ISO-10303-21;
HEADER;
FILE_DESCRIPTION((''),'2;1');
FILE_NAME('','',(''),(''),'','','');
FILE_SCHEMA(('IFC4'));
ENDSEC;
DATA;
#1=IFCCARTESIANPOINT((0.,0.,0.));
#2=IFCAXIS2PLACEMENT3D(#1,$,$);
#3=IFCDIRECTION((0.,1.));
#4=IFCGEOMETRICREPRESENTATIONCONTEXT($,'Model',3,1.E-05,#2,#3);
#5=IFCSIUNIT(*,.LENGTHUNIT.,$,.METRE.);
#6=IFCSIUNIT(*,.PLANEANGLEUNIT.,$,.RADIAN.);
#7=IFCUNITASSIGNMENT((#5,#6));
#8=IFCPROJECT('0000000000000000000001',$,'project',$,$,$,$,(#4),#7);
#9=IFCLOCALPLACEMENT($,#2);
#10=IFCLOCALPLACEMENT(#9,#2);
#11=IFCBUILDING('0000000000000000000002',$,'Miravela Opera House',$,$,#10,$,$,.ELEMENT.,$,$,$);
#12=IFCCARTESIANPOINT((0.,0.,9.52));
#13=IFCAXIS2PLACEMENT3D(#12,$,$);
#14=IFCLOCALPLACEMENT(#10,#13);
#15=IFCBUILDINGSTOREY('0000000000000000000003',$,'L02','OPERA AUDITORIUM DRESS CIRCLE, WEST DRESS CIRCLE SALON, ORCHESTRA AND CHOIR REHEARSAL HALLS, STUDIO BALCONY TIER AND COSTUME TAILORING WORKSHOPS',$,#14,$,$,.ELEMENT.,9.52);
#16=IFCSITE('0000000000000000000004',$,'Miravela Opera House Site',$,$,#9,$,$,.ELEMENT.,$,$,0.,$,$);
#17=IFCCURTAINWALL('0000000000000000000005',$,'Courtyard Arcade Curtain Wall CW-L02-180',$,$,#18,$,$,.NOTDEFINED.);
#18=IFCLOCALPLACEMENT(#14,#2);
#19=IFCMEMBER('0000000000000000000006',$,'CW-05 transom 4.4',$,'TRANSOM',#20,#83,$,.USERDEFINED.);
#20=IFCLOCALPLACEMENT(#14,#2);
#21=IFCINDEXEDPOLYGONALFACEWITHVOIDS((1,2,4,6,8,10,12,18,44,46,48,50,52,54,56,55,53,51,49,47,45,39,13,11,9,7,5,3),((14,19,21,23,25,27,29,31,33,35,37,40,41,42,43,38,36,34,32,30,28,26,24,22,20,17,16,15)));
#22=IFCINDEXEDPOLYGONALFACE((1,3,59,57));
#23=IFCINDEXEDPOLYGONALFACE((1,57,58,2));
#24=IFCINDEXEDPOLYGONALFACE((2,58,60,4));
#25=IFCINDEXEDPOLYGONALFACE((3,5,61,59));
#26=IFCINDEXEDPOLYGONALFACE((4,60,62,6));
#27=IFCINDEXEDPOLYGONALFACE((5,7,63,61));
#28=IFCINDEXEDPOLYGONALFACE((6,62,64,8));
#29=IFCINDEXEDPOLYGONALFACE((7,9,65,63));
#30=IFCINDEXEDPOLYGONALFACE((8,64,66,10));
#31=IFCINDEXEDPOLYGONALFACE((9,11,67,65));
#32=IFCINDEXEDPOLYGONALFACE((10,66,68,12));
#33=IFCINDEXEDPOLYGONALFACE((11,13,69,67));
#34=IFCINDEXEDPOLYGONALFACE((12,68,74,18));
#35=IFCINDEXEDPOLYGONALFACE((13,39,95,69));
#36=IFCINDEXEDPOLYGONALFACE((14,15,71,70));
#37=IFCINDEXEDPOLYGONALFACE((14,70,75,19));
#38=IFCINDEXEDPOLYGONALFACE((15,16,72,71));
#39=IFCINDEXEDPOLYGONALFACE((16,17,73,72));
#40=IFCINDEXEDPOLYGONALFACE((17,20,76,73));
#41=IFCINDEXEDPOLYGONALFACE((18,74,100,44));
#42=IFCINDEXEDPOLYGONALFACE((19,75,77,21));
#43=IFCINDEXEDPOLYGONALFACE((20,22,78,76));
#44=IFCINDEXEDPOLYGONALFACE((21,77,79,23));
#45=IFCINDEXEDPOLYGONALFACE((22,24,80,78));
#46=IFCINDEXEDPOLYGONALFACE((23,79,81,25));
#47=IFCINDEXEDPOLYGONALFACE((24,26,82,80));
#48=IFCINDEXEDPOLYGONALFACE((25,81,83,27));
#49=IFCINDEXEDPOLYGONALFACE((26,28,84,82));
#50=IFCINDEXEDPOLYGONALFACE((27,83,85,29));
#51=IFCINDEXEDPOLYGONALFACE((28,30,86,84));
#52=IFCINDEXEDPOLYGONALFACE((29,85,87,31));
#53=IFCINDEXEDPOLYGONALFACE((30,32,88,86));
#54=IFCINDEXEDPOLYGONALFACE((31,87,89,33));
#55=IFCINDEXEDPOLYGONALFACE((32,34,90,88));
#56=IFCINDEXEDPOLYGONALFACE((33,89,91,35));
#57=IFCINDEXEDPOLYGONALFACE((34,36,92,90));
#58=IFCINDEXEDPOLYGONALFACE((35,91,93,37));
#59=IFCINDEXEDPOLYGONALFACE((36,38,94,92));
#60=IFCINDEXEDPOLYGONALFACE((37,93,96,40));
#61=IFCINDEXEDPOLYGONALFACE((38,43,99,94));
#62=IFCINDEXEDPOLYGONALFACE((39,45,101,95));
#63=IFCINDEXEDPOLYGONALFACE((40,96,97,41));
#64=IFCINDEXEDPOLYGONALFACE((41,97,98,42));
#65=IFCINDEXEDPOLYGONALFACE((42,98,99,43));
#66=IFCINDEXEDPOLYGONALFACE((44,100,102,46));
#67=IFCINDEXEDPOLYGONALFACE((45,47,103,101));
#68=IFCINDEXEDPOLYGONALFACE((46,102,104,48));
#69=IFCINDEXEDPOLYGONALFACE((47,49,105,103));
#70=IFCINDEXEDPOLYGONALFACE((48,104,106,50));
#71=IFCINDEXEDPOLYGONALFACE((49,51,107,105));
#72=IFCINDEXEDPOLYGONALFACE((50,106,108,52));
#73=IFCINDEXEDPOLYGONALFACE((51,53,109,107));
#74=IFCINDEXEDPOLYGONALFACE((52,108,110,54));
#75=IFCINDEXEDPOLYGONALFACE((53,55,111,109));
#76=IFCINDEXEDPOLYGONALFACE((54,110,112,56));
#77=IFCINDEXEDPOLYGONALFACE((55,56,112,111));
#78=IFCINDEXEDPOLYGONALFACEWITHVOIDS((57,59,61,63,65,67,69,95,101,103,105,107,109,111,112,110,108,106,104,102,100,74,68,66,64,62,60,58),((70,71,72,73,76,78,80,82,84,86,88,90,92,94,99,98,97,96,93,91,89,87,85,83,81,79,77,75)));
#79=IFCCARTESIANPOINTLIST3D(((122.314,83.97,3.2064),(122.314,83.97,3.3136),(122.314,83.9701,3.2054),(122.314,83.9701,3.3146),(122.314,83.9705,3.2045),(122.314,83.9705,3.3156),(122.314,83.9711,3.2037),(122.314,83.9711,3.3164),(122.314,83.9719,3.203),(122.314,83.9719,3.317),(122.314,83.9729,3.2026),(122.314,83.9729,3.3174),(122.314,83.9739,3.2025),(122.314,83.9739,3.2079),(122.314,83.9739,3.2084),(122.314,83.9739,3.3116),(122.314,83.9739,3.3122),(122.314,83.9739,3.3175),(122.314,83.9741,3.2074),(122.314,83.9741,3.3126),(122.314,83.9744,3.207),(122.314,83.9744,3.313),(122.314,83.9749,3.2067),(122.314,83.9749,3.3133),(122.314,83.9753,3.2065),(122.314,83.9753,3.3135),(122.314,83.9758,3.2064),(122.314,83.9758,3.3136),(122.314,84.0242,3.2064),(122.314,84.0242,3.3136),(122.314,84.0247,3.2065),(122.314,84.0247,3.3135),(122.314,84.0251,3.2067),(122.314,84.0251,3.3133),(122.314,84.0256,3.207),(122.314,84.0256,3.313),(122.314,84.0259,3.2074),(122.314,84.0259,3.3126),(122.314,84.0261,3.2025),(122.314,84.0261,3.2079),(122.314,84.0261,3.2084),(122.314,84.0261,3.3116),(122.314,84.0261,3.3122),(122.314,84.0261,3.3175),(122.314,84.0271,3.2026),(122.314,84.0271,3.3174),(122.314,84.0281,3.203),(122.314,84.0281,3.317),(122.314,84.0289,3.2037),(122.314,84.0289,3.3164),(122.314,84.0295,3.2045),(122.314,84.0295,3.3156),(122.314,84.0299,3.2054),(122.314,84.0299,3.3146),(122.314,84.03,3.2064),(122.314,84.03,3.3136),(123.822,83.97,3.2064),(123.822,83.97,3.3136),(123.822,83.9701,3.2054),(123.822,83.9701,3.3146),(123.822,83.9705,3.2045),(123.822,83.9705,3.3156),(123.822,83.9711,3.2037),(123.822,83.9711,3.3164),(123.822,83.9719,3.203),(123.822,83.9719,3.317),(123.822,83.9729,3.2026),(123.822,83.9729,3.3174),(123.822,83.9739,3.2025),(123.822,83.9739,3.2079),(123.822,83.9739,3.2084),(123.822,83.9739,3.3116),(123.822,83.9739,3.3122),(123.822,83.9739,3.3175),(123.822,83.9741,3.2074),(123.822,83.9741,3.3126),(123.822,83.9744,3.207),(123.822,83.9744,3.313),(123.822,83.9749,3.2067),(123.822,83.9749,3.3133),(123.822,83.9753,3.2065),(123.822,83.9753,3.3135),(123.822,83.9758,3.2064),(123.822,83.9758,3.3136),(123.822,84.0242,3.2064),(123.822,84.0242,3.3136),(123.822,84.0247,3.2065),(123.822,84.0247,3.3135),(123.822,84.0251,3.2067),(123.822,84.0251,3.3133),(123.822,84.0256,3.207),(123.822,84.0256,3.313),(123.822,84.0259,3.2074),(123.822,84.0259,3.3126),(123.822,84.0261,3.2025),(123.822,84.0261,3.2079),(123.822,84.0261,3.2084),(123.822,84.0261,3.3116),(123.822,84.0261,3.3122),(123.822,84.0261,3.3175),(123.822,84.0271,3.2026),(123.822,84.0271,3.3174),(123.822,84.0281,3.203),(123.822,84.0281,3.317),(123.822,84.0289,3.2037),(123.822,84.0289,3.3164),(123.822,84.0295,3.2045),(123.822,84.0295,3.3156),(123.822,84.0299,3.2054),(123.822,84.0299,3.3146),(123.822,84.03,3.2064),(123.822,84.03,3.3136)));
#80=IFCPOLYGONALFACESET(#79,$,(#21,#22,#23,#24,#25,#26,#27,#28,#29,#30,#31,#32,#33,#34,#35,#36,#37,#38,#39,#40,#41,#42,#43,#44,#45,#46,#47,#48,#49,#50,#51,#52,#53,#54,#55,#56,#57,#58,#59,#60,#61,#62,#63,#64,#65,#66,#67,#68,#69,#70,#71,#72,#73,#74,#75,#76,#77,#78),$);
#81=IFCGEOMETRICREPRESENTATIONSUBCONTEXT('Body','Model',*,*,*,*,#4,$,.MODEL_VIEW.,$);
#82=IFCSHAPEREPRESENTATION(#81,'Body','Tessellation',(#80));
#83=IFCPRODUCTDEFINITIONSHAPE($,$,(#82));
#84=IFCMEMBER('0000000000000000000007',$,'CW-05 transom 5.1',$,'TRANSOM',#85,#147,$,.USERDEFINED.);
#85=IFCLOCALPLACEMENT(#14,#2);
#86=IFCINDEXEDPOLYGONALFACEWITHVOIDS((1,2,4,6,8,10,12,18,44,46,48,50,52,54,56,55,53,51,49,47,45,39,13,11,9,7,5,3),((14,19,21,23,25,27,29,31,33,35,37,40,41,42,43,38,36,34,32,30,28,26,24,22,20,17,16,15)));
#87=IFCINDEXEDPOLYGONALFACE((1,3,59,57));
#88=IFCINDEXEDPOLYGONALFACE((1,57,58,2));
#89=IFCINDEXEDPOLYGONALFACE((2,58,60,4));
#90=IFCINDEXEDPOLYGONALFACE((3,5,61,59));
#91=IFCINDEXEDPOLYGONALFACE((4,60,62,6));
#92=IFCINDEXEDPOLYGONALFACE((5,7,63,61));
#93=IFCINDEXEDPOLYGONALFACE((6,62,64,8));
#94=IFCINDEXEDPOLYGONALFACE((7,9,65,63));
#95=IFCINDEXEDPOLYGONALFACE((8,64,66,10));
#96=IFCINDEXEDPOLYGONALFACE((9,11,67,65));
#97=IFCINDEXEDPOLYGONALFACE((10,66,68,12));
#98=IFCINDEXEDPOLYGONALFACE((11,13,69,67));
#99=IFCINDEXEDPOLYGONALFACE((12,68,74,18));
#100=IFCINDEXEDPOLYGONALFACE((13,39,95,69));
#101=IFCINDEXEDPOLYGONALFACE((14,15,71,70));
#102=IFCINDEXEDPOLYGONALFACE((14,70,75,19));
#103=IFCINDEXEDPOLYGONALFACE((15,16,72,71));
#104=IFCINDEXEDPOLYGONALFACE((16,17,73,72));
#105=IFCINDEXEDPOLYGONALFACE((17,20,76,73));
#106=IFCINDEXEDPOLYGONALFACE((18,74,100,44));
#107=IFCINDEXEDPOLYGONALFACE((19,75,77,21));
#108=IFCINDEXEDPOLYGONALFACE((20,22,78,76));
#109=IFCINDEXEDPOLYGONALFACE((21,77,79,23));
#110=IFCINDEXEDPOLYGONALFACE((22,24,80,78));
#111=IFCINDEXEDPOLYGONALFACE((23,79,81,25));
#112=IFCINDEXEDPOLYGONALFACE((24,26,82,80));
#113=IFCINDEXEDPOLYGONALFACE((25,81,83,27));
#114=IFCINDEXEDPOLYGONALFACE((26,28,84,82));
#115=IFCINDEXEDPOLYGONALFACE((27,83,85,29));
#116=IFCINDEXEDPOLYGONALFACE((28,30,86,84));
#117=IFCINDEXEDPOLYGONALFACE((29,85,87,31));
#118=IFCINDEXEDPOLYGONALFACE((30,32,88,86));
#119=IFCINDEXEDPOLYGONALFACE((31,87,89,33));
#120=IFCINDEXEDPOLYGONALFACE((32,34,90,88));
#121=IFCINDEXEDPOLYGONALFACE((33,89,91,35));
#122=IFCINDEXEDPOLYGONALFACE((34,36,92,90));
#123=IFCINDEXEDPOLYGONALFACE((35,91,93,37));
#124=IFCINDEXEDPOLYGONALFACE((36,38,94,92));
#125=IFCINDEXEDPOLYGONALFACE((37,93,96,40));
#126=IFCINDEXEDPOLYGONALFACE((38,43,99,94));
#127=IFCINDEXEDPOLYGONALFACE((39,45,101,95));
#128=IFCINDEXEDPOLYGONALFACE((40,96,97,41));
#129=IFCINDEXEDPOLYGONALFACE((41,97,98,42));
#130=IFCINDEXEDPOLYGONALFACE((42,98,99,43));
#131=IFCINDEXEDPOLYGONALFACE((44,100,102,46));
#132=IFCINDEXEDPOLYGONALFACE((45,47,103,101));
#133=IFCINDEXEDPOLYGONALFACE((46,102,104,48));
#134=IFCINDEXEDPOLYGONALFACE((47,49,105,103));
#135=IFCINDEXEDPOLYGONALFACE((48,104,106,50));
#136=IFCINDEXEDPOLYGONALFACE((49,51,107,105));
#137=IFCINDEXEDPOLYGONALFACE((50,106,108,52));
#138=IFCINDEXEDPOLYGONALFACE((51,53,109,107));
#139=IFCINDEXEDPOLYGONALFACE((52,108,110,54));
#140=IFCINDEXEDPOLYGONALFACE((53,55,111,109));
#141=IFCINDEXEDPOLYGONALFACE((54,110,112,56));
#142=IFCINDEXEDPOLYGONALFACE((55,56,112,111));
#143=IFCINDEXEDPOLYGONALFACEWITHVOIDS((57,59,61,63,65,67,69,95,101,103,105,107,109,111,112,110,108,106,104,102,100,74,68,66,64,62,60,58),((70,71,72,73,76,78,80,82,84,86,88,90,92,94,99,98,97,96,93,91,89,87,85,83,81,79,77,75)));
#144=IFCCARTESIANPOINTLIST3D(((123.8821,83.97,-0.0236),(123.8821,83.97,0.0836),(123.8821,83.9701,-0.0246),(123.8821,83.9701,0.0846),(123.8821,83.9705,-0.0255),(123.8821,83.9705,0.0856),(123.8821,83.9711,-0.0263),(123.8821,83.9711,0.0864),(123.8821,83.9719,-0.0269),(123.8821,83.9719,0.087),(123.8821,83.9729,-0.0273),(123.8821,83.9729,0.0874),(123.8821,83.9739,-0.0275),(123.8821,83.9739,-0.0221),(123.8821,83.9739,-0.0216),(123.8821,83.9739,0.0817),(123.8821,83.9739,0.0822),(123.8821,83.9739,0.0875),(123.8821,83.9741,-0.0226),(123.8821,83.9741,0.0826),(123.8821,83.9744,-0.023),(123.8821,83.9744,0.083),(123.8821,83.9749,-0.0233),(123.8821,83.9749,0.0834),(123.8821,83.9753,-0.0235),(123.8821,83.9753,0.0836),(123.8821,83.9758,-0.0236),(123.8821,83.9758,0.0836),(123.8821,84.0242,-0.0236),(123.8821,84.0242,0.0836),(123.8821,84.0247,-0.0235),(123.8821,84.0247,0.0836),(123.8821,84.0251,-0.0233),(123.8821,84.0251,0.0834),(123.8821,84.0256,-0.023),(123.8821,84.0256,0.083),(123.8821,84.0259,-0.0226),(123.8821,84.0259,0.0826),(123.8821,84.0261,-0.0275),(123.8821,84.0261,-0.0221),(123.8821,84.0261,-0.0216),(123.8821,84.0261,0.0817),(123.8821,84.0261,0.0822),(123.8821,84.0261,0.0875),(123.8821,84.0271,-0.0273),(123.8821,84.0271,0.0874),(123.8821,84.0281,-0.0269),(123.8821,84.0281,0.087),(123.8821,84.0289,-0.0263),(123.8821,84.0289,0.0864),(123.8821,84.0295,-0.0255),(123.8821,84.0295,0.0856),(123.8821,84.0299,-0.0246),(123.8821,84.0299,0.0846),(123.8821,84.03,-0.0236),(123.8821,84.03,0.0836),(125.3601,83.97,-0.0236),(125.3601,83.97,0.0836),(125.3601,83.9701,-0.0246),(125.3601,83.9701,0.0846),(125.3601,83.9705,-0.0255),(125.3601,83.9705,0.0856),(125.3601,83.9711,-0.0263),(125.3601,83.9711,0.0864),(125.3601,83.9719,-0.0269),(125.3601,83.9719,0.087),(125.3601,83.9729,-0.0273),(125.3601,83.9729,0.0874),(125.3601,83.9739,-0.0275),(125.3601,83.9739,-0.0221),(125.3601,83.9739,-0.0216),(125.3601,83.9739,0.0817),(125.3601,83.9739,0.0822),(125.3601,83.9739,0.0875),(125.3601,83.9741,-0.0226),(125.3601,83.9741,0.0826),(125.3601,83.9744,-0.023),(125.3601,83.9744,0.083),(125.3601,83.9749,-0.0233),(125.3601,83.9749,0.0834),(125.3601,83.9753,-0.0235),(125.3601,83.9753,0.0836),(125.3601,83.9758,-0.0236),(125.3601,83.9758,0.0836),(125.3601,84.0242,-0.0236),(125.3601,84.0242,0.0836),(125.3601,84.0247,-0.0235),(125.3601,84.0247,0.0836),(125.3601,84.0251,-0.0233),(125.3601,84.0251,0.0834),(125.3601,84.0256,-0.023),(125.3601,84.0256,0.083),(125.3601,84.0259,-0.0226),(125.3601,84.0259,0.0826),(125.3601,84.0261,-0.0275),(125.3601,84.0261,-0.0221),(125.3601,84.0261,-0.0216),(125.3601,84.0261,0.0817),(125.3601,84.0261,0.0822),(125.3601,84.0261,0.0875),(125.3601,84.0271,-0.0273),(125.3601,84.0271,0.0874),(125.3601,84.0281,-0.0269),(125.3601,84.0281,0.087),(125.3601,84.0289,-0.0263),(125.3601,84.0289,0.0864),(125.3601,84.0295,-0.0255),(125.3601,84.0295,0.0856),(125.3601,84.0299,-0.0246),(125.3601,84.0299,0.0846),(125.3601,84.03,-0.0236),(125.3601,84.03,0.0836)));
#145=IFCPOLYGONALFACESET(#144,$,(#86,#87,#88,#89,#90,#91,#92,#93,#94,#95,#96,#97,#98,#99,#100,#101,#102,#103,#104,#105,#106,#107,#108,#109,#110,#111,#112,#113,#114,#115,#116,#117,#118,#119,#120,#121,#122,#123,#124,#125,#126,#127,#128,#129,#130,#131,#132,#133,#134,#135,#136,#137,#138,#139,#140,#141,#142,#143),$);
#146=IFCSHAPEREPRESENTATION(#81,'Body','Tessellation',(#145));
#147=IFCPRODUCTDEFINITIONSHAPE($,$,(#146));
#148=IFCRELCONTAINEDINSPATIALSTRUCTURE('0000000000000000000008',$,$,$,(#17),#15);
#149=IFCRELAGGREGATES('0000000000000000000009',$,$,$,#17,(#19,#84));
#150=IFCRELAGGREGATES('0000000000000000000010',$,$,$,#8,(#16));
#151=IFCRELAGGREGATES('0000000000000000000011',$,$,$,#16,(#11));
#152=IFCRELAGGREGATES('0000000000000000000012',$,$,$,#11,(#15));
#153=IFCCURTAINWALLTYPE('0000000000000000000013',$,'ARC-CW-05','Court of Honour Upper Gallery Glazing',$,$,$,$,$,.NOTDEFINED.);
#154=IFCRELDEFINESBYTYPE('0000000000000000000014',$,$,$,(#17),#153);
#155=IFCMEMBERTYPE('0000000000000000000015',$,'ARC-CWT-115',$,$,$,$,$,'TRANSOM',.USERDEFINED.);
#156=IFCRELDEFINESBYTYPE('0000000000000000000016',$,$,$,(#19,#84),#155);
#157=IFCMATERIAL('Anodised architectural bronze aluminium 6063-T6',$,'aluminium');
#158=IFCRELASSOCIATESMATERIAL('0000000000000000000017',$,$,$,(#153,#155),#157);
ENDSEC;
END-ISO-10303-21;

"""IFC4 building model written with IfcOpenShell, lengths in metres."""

from ifc_helpers import new_model, si_unit, direction, frame, origin, origin_2d, place, context, subcontext, project, spatial, hollow_rectangle, extrude, material, material_profile, profile_set, type_object, element, aggregate, save


model = new_model("IFC4")

# Units and contexts
model_context = context("Model", 3, precision=1e-05, world=origin(), true_north=direction((0.0, 1.0)))
body_context = subcontext(model_context, "Body", "Model", "MODEL_VIEW")
ifc_project = project(units=[si_unit("LENGTHUNIT", "METRE"), si_unit("PLANEANGLEUNIT", "RADIAN")], contexts=[model_context])

# Site, building, storey
site_placement = place(None, origin())
site = spatial("IfcSite", under=ifc_project, at=site_placement, Name="Miravela Opera House Site", CompositionType="ELEMENT", RefElevation=0.0)
building_placement = place(site_placement, origin())
building = spatial("IfcBuilding", under=site, at=building_placement, Name="Miravela Opera House", CompositionType="ELEMENT")
storey_placement = place(building_placement, frame((0.0, 0.0, 9.52)))
storey = spatial("IfcBuildingStorey", under=building, at=storey_placement, Name="L02", Description="OPERA AUDITORIUM DRESS CIRCLE, WEST DRESS CIRCLE SALON, ORCHESTRA AND CHOIR REHEARSAL HALLS, STUDIO BALCONY TIER AND COSTUME TAILORING WORKSHOPS", CompositionType="ELEMENT", Elevation=9.52)

# Curtain wall
ifc_material_1 = material(Name="Anodised architectural bronze aluminium 6063-T6", Category="aluminium")
curtain_wall_type = type_object("IfcCurtainWallType", Name="ARC-CW-05", Description="Court of Honour Upper Gallery Glazing", PredefinedType="NOTDEFINED", material=ifc_material_1)
curtain_wall_1_placement = place(storey_placement, origin())
curtain_wall_1 = element("IfcCurtainWall", 1, at=curtain_wall_1_placement, inside=storey, type_object=curtain_wall_type, Name="Courtyard Arcade Curtain Wall CW-L02-180", PredefinedType="NOTDEFINED")

# Members
ifc_material_profile_1 = material_profile(ifc_material_1, hollow_rectangle(XDim=0.0601, YDim=0.115, WallThickness=0.0039, InnerFilletRadius=0.002, OuterFilletRadius=0.0039, at=origin_2d()), Name="CWT-60X115")
ifc_profile_set_1 = profile_set([ifc_material_profile_1])
member_type_1 = type_object("IfcMemberType", Name="ARC-CWT-115", ElementType="TRANSOM", PredefinedType="USERDEFINED", material=ifc_profile_set_1)
member_1_placement = place(storey_placement, frame((122.314, 84.0, 3.26), z_axis=(1.0, 0.0, 0.0), x_axis=(0.0, 1.0, 0.0)))
member_1 = element("IfcMember", 2, at=member_1_placement, type_object=member_type_1, Name="CW-05 transom 4.4", ObjectType="TRANSOM", PredefinedType="USERDEFINED", context=body_context, shape_type="SweptSolid", body=[
    extrude(hollow_rectangle(XDim=0.0601, YDim=0.115, WallThickness=0.0039, InnerFilletRadius=0.002, OuterFilletRadius=0.0039, at=origin_2d()), origin(), (0.0, 0.0, 1.0), 1.5081),
])
member_2_placement = place(storey_placement, frame((123.8821, 84.0, 0.03), z_axis=(1.0, 0.0, 0.0), x_axis=(0.0, 1.0, 0.0)))
member_2 = element("IfcMember", 3, at=member_2_placement, type_object=member_type_1, Name="CW-05 transom 5.1", ObjectType="TRANSOM", PredefinedType="USERDEFINED", context=body_context, shape_type="SweptSolid", body=[
    extrude(hollow_rectangle(XDim=0.0601, YDim=0.115, WallThickness=0.0039, InnerFilletRadius=0.002, OuterFilletRadius=0.0039, at=origin_2d()), origin(), (0.0, 0.0, 1.0), 1.478),
])

aggregate(curtain_wall_1, [member_1, member_2])

save(model, "model.ifc")
